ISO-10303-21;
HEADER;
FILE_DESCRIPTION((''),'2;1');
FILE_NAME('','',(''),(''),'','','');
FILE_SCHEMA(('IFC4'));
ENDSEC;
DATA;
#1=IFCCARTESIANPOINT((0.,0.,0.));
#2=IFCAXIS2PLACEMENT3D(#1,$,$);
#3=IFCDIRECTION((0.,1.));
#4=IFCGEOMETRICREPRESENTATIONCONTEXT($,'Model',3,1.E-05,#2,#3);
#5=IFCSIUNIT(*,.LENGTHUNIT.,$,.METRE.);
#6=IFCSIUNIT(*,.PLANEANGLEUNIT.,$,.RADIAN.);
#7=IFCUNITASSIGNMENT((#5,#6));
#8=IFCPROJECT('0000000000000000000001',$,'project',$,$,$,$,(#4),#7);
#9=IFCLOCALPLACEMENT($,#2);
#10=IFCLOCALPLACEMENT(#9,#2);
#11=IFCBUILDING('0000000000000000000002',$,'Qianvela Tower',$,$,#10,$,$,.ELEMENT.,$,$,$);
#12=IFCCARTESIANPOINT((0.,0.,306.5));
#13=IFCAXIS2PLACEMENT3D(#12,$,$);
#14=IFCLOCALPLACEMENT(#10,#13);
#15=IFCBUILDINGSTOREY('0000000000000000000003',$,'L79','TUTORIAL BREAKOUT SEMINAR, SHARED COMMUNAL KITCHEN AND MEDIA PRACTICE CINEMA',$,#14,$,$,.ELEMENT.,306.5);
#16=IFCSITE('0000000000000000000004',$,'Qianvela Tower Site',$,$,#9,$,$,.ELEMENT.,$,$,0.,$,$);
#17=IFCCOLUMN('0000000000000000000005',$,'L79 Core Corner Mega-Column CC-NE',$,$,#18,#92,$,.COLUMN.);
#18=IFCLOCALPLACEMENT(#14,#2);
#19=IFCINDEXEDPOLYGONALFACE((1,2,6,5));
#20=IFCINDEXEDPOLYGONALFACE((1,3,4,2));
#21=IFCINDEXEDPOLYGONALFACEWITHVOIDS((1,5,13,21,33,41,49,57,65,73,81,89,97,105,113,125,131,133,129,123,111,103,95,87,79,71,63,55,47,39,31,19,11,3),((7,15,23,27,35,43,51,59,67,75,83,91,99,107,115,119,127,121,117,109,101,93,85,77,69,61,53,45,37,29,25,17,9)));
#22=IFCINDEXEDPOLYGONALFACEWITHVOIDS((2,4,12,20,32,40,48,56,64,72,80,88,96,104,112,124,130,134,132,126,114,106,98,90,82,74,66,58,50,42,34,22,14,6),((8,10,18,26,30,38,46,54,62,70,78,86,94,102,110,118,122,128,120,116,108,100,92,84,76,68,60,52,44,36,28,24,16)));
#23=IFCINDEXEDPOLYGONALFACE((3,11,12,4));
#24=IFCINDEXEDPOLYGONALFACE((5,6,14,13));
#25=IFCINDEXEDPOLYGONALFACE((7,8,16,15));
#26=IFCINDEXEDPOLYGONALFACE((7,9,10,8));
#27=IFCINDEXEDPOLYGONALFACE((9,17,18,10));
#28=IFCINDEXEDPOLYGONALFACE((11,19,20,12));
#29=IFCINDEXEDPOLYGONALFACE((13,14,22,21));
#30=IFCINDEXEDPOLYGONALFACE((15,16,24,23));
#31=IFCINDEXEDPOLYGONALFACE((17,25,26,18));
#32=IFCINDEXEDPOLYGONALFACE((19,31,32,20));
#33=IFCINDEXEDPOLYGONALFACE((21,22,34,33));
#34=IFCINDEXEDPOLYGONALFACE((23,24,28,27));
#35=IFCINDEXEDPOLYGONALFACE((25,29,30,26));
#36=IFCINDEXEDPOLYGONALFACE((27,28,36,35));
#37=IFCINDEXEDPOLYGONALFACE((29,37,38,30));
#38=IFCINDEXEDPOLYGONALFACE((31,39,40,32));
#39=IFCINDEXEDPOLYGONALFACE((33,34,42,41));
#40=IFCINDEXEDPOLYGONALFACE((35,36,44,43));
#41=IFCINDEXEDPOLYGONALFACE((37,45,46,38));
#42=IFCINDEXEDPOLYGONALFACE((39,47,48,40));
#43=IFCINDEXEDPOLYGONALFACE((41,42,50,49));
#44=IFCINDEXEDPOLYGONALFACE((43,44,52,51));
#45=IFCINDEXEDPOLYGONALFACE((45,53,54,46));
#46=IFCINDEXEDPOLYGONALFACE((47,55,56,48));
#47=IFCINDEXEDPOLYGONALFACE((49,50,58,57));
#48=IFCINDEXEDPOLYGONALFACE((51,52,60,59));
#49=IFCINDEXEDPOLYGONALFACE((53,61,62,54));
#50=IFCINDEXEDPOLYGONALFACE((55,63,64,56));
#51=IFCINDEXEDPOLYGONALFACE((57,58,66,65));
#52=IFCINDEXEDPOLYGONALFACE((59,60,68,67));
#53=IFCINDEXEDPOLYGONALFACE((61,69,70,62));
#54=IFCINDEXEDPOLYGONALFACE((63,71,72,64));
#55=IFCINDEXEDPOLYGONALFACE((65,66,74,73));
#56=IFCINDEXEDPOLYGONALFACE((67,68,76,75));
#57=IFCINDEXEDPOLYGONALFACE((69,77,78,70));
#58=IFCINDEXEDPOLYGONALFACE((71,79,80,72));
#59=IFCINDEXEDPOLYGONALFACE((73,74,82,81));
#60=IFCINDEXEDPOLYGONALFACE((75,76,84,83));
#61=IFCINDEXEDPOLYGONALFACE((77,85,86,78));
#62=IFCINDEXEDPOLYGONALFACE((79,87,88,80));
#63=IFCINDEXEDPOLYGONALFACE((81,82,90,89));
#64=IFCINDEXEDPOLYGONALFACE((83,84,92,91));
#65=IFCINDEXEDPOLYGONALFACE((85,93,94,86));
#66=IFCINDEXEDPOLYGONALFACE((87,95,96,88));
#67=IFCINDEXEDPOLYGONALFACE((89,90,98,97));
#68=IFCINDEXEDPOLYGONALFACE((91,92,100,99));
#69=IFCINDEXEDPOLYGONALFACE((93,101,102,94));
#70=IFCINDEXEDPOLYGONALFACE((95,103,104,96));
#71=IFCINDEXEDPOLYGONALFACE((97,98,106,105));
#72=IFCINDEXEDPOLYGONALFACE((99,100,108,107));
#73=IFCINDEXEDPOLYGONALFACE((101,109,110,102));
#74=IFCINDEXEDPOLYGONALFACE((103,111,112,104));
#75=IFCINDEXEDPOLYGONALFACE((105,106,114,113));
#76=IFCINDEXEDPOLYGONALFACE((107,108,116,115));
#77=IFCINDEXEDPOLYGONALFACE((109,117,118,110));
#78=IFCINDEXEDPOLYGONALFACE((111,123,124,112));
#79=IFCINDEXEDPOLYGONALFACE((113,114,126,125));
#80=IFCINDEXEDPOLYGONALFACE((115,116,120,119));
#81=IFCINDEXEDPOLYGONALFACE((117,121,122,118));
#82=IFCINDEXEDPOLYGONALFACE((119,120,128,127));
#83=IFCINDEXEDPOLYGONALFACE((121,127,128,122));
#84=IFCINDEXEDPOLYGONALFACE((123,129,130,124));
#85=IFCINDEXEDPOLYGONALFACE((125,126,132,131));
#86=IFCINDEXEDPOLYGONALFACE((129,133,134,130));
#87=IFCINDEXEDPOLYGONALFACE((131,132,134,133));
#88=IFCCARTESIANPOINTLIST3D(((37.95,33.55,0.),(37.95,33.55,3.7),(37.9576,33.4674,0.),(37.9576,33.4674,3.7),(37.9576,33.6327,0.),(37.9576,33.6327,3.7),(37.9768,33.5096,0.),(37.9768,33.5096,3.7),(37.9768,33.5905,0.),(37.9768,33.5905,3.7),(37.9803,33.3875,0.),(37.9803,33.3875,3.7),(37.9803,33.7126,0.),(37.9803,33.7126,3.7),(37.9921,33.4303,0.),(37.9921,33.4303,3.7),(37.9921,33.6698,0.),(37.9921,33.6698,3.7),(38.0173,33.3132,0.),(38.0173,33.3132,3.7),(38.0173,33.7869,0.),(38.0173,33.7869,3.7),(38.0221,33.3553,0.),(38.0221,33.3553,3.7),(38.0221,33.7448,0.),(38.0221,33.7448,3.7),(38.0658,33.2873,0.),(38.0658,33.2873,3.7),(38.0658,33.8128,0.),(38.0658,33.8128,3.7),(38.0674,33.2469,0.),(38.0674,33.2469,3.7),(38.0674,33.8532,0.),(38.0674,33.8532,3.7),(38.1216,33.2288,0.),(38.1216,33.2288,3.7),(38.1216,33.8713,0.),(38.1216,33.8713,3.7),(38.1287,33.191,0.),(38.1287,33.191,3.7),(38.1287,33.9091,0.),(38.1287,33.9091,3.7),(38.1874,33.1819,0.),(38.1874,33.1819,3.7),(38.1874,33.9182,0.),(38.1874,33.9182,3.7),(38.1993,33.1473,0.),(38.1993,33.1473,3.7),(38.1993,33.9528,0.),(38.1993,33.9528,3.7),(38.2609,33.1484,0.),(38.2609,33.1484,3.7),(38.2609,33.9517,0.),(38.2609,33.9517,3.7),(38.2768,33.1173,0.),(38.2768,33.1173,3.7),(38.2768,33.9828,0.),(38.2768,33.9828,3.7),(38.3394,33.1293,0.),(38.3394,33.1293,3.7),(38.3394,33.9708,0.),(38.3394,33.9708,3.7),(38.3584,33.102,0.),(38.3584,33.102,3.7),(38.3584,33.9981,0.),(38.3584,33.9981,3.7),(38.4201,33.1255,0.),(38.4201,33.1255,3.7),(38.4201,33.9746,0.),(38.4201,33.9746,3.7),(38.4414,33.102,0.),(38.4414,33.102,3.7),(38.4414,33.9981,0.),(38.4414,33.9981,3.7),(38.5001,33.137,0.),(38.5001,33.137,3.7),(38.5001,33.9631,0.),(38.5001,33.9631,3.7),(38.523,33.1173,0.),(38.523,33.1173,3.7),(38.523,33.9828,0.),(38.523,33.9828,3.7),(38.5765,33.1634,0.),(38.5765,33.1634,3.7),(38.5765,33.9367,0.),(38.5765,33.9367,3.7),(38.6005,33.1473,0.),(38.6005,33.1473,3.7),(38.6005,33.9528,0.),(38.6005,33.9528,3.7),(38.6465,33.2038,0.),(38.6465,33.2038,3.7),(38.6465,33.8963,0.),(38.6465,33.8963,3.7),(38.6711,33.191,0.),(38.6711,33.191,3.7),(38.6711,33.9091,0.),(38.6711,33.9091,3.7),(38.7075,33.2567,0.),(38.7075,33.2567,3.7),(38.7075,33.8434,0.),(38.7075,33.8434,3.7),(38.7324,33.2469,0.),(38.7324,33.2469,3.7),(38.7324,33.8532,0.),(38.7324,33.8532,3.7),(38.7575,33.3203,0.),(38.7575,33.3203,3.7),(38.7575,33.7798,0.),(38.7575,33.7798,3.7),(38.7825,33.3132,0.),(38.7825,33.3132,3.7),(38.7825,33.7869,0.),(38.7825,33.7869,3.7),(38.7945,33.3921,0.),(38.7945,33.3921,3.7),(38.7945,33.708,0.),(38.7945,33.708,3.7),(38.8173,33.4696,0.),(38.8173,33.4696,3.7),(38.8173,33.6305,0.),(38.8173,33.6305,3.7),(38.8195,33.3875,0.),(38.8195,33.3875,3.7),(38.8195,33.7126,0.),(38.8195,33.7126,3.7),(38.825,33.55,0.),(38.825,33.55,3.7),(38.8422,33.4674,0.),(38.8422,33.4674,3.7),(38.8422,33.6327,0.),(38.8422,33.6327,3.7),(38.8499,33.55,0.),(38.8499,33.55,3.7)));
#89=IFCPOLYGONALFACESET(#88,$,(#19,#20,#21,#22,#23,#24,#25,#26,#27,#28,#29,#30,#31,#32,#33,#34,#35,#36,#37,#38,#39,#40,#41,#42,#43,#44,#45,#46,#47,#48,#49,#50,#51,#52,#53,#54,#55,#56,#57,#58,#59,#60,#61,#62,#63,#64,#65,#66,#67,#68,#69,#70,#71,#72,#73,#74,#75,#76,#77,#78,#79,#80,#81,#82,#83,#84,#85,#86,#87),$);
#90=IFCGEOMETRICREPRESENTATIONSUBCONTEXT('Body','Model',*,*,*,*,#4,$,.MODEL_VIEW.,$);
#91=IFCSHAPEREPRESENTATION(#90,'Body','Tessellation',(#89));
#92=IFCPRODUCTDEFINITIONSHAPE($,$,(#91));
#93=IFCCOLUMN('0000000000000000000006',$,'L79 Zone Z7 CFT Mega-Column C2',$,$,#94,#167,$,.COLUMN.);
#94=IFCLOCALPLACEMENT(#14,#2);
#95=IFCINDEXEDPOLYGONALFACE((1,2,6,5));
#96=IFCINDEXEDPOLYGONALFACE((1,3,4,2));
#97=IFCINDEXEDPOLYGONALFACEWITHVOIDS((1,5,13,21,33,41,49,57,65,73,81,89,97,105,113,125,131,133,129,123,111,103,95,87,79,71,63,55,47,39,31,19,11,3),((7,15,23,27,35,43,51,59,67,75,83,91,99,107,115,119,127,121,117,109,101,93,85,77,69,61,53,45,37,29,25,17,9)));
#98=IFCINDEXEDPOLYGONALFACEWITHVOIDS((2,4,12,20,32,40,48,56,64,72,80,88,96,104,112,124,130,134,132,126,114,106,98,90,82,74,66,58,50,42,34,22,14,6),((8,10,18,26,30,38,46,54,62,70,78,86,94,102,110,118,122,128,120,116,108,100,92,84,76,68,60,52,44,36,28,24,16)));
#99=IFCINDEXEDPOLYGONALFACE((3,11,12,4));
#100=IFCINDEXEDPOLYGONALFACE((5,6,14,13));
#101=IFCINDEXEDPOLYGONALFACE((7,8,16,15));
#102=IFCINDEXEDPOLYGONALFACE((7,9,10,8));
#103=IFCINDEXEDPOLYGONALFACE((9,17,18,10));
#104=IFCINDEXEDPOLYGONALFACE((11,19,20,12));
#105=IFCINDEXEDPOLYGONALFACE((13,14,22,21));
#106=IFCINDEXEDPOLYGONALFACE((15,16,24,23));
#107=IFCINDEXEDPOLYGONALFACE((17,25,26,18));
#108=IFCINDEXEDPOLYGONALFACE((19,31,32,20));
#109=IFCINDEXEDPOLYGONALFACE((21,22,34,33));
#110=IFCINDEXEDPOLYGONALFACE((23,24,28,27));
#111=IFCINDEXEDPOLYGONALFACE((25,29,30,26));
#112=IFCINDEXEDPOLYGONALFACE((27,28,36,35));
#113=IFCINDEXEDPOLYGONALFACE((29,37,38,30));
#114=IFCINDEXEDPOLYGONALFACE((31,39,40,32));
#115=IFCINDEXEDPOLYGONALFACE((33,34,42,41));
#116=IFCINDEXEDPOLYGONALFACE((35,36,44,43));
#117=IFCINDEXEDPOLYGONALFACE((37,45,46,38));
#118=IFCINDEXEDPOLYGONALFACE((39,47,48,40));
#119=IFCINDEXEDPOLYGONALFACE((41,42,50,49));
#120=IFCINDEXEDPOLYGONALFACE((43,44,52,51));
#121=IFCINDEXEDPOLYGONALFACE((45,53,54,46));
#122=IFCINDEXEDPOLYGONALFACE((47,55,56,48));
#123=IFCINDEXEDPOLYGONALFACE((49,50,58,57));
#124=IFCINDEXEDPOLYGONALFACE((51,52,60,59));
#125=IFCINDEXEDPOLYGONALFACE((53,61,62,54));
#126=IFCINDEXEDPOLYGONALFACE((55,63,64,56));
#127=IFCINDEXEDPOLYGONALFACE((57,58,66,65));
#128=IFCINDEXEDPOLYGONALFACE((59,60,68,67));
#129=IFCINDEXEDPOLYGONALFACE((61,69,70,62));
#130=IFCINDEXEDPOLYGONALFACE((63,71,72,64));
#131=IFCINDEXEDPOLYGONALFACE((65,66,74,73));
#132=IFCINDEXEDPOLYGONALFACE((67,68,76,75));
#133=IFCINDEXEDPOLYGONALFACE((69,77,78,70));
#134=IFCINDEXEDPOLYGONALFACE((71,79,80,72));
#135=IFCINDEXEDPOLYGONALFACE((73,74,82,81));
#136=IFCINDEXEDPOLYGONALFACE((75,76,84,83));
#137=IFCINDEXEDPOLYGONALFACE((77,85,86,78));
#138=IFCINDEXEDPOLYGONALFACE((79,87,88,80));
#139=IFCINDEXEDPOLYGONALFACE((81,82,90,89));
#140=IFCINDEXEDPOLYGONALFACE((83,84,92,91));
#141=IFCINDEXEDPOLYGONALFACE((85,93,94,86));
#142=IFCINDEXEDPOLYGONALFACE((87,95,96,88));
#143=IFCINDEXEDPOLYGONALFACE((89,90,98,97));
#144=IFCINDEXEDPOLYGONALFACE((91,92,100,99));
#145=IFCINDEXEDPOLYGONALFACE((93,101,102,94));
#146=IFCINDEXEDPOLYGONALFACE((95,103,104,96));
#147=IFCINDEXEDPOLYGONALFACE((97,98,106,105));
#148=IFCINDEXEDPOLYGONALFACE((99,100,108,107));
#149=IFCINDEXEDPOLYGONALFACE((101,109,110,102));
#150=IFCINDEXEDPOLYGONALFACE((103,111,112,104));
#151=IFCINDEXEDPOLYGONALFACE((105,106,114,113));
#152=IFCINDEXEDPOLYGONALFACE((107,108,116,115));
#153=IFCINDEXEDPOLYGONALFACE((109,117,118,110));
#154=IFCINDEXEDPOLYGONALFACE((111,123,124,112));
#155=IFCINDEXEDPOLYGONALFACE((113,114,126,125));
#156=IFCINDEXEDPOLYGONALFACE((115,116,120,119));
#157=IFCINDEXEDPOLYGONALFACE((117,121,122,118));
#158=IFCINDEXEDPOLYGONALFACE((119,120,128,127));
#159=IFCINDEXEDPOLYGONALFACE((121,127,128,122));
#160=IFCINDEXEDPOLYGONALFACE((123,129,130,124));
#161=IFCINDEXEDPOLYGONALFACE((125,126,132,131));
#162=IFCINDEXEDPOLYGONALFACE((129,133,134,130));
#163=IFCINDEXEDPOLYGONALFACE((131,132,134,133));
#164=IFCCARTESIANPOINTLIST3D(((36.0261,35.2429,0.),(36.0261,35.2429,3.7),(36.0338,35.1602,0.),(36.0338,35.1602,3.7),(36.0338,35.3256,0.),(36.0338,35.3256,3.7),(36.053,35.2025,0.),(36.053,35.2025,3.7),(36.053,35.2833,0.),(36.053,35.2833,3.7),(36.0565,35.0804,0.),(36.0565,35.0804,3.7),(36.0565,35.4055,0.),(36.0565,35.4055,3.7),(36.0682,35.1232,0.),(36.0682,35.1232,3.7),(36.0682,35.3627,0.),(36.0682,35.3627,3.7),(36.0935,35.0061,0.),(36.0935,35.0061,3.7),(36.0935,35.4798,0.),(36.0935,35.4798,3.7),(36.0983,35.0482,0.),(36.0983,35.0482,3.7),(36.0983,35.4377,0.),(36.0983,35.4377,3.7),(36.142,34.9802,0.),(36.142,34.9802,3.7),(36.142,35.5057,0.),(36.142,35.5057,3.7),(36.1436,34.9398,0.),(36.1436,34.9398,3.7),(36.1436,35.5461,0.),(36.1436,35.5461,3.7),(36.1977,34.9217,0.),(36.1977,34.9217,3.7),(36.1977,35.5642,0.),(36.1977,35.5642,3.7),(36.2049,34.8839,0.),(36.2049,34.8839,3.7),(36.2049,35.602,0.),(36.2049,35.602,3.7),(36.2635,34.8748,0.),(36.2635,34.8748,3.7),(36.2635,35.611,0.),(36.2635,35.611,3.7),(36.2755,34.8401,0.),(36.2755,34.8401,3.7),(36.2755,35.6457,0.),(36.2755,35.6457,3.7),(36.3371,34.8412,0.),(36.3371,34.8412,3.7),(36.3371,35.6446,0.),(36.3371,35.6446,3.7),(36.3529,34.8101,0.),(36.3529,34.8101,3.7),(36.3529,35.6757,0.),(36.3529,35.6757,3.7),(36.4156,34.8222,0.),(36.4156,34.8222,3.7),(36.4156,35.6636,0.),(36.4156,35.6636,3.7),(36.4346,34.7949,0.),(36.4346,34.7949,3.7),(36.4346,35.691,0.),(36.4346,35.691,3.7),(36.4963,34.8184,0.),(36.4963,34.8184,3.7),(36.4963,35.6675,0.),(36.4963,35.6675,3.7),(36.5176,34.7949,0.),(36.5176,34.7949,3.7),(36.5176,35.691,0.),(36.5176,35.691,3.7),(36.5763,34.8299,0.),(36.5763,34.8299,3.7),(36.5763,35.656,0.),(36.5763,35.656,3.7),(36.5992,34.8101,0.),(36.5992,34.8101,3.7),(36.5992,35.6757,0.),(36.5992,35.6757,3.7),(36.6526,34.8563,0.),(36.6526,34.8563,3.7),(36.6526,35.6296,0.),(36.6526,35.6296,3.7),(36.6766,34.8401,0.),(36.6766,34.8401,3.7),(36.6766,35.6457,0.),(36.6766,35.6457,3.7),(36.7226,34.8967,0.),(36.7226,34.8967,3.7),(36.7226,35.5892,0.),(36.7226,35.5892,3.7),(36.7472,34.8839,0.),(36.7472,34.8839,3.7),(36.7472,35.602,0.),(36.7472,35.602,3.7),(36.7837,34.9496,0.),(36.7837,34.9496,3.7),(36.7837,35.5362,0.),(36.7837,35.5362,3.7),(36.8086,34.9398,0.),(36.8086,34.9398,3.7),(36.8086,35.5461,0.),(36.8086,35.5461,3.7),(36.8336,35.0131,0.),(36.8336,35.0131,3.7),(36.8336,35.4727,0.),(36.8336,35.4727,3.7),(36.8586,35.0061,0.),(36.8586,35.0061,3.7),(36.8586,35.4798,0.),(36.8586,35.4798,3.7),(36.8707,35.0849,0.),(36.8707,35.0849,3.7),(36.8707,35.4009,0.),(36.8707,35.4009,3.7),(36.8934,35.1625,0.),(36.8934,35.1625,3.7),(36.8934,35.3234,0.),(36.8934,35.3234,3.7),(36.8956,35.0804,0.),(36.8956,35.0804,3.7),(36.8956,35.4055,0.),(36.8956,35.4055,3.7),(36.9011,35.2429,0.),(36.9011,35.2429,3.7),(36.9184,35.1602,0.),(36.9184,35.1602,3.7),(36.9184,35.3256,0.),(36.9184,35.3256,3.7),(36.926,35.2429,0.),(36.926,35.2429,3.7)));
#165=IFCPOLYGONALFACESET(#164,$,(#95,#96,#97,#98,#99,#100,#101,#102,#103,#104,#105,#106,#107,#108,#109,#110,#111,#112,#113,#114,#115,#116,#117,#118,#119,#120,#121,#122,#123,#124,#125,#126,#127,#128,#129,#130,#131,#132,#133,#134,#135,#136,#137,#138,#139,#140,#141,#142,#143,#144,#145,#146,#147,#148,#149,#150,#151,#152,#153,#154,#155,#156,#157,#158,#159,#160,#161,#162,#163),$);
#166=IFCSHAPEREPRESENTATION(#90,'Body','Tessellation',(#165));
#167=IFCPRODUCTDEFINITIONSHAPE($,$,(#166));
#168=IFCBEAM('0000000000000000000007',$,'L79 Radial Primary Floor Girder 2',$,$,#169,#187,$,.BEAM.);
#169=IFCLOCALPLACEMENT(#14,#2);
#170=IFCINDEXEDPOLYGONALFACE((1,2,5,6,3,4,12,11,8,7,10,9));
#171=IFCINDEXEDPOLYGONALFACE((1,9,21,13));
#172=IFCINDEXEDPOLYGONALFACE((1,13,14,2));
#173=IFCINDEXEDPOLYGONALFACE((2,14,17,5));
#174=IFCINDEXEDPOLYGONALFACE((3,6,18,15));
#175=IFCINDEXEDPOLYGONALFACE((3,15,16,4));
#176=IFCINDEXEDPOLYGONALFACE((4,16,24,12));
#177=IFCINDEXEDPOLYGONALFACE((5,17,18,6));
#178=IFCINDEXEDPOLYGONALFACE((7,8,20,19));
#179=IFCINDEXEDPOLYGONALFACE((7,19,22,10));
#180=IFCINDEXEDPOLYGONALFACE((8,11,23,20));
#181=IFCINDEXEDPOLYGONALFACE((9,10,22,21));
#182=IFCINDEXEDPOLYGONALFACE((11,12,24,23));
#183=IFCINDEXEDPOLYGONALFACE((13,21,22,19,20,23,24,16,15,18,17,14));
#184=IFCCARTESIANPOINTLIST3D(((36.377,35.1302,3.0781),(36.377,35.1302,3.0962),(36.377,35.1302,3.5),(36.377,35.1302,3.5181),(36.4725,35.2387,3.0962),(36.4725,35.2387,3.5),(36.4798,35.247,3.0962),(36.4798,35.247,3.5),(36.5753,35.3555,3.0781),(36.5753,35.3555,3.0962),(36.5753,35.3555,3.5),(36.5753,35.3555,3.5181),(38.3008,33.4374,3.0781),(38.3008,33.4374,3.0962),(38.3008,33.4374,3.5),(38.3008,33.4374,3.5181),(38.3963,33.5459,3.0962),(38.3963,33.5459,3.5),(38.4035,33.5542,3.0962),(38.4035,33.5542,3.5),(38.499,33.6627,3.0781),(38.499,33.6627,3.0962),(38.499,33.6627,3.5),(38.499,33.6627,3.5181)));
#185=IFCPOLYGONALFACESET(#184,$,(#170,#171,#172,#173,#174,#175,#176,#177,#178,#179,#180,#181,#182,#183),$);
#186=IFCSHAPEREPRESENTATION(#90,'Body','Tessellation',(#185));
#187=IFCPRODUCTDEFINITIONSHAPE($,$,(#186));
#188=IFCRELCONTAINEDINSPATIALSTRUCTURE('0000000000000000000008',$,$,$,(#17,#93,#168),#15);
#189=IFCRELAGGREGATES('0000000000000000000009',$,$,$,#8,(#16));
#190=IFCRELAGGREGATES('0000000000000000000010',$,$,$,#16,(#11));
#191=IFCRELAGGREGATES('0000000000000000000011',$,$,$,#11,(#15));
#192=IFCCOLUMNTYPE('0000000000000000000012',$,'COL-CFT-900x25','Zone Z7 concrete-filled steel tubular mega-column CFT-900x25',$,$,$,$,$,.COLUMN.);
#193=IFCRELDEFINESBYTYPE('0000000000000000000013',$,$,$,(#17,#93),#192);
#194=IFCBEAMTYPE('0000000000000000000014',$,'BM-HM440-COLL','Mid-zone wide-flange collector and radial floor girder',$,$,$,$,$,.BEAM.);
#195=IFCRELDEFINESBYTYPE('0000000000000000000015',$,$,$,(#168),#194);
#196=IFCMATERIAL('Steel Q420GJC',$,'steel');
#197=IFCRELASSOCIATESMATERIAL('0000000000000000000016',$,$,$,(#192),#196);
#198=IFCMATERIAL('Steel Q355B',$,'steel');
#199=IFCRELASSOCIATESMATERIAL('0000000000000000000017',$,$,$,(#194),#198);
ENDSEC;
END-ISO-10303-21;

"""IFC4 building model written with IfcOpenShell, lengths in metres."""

from ifc_helpers import new_model, si_unit, direction, frame, origin, origin_2d, place, context, subcontext, project, spatial, hollow_circle, i_section, extrude, material, material_profile, profile_set, type_object, element, save


model = new_model("IFC4")

# Units and contexts
model_context = context("Model", 3, precision=1e-05, world=origin(), true_north=direction((0.0, 1.0)))
body_context = subcontext(model_context, "Body", "Model", "MODEL_VIEW")
ifc_project = project(units=[si_unit("LENGTHUNIT", "METRE"), si_unit("PLANEANGLEUNIT", "RADIAN")], contexts=[model_context])

# Site, building, storey
site_placement = place(None, origin())
site = spatial("IfcSite", under=ifc_project, at=site_placement, Name="Qianvela Tower Site", CompositionType="ELEMENT", RefElevation=0.0)
building_placement = place(site_placement, origin())
building = spatial("IfcBuilding", under=site, at=building_placement, Name="Qianvela Tower", CompositionType="ELEMENT")
storey_placement = place(building_placement, frame((0.0, 0.0, 306.5)))
storey = spatial("IfcBuildingStorey", under=building, at=storey_placement, Name="L79", Description="TUTORIAL BREAKOUT SEMINAR, SHARED COMMUNAL KITCHEN AND MEDIA PRACTICE CINEMA", CompositionType="ELEMENT", Elevation=306.5)

# Columns
ifc_material_1 = material(Name="Steel Q420GJC", Category="steel")
ifc_material_profile_1 = material_profile(ifc_material_1, hollow_circle(Radius=0.45, WallThickness=0.0249, at=origin_2d()), Name="CFT-900x25")
ifc_profile_set_1 = profile_set([ifc_material_profile_1], Name="Steel Q420GJC")
column_type = type_object("IfcColumnType", Name="COL-CFT-900x25", Description="Zone Z7 concrete-filled steel tubular mega-column CFT-900x25", PredefinedType="COLUMN", material=ifc_profile_set_1)
for number, where, z_axis, x_axis, name in (
    (1, (38.3999, 33.55, 0.0), (0.0, 0.0, 1.0), (1.0, 0.0, 0.0), "L79 Core Corner Mega-Column CC-NE"),
    (2, (36.4761, 35.2429, 0.0), (0.0, 0.0, 1.0), (1.0, 0.0, 0.0), "L79 Zone Z7 CFT Mega-Column C2"),
):
    element("IfcColumn", number, at=place(storey_placement, frame(where, z_axis=z_axis, x_axis=x_axis)), inside=storey, type_object=column_type, Name=name, PredefinedType="COLUMN", context=body_context, shape_type="SweptSolid", body=[
        extrude(hollow_circle(Radius=0.45, WallThickness=0.0249, at=origin_2d()), origin(), (0.0, 0.0, 1.0), 3.7),
    ])

# Beam
ifc_material_2 = material(Name="Steel Q355B", Category="steel")
ifc_material_profile_2 = material_profile(ifc_material_2, i_section(OverallWidth=0.3, OverallDepth=0.4399, WebThickness=0.011, FlangeThickness=0.0181, at=origin_2d()), Name="HM440x300x11x18")
ifc_profile_set_2 = profile_set([ifc_material_profile_2], Name="Steel Q355B")
beam_type_1 = type_object("IfcBeamType", Name="BM-HM440-COLL", Description="Mid-zone wide-flange collector and radial floor girder", PredefinedType="BEAM", material=ifc_profile_set_2)
beam_1_placement = place(storey_placement, frame((38.3999, 33.55, 3.2981), z_axis=(-0.750732, 0.660606, 0.0), x_axis=(-0.660606, -0.750732, 0.0)))
element("IfcBeam", 3, at=beam_1_placement, inside=storey, type_object=beam_type_1, Name="L79 Radial Primary Floor Girder 2", PredefinedType="BEAM", context=body_context, shape_type="SweptSolid", body=[
    extrude(i_section(OverallWidth=0.3, OverallDepth=0.4399, WebThickness=0.011, FlangeThickness=0.0181, at=origin_2d()), origin(), (0.0, 0.0, 1.0), 2.5625),
])

save(model, "model.ifc")
